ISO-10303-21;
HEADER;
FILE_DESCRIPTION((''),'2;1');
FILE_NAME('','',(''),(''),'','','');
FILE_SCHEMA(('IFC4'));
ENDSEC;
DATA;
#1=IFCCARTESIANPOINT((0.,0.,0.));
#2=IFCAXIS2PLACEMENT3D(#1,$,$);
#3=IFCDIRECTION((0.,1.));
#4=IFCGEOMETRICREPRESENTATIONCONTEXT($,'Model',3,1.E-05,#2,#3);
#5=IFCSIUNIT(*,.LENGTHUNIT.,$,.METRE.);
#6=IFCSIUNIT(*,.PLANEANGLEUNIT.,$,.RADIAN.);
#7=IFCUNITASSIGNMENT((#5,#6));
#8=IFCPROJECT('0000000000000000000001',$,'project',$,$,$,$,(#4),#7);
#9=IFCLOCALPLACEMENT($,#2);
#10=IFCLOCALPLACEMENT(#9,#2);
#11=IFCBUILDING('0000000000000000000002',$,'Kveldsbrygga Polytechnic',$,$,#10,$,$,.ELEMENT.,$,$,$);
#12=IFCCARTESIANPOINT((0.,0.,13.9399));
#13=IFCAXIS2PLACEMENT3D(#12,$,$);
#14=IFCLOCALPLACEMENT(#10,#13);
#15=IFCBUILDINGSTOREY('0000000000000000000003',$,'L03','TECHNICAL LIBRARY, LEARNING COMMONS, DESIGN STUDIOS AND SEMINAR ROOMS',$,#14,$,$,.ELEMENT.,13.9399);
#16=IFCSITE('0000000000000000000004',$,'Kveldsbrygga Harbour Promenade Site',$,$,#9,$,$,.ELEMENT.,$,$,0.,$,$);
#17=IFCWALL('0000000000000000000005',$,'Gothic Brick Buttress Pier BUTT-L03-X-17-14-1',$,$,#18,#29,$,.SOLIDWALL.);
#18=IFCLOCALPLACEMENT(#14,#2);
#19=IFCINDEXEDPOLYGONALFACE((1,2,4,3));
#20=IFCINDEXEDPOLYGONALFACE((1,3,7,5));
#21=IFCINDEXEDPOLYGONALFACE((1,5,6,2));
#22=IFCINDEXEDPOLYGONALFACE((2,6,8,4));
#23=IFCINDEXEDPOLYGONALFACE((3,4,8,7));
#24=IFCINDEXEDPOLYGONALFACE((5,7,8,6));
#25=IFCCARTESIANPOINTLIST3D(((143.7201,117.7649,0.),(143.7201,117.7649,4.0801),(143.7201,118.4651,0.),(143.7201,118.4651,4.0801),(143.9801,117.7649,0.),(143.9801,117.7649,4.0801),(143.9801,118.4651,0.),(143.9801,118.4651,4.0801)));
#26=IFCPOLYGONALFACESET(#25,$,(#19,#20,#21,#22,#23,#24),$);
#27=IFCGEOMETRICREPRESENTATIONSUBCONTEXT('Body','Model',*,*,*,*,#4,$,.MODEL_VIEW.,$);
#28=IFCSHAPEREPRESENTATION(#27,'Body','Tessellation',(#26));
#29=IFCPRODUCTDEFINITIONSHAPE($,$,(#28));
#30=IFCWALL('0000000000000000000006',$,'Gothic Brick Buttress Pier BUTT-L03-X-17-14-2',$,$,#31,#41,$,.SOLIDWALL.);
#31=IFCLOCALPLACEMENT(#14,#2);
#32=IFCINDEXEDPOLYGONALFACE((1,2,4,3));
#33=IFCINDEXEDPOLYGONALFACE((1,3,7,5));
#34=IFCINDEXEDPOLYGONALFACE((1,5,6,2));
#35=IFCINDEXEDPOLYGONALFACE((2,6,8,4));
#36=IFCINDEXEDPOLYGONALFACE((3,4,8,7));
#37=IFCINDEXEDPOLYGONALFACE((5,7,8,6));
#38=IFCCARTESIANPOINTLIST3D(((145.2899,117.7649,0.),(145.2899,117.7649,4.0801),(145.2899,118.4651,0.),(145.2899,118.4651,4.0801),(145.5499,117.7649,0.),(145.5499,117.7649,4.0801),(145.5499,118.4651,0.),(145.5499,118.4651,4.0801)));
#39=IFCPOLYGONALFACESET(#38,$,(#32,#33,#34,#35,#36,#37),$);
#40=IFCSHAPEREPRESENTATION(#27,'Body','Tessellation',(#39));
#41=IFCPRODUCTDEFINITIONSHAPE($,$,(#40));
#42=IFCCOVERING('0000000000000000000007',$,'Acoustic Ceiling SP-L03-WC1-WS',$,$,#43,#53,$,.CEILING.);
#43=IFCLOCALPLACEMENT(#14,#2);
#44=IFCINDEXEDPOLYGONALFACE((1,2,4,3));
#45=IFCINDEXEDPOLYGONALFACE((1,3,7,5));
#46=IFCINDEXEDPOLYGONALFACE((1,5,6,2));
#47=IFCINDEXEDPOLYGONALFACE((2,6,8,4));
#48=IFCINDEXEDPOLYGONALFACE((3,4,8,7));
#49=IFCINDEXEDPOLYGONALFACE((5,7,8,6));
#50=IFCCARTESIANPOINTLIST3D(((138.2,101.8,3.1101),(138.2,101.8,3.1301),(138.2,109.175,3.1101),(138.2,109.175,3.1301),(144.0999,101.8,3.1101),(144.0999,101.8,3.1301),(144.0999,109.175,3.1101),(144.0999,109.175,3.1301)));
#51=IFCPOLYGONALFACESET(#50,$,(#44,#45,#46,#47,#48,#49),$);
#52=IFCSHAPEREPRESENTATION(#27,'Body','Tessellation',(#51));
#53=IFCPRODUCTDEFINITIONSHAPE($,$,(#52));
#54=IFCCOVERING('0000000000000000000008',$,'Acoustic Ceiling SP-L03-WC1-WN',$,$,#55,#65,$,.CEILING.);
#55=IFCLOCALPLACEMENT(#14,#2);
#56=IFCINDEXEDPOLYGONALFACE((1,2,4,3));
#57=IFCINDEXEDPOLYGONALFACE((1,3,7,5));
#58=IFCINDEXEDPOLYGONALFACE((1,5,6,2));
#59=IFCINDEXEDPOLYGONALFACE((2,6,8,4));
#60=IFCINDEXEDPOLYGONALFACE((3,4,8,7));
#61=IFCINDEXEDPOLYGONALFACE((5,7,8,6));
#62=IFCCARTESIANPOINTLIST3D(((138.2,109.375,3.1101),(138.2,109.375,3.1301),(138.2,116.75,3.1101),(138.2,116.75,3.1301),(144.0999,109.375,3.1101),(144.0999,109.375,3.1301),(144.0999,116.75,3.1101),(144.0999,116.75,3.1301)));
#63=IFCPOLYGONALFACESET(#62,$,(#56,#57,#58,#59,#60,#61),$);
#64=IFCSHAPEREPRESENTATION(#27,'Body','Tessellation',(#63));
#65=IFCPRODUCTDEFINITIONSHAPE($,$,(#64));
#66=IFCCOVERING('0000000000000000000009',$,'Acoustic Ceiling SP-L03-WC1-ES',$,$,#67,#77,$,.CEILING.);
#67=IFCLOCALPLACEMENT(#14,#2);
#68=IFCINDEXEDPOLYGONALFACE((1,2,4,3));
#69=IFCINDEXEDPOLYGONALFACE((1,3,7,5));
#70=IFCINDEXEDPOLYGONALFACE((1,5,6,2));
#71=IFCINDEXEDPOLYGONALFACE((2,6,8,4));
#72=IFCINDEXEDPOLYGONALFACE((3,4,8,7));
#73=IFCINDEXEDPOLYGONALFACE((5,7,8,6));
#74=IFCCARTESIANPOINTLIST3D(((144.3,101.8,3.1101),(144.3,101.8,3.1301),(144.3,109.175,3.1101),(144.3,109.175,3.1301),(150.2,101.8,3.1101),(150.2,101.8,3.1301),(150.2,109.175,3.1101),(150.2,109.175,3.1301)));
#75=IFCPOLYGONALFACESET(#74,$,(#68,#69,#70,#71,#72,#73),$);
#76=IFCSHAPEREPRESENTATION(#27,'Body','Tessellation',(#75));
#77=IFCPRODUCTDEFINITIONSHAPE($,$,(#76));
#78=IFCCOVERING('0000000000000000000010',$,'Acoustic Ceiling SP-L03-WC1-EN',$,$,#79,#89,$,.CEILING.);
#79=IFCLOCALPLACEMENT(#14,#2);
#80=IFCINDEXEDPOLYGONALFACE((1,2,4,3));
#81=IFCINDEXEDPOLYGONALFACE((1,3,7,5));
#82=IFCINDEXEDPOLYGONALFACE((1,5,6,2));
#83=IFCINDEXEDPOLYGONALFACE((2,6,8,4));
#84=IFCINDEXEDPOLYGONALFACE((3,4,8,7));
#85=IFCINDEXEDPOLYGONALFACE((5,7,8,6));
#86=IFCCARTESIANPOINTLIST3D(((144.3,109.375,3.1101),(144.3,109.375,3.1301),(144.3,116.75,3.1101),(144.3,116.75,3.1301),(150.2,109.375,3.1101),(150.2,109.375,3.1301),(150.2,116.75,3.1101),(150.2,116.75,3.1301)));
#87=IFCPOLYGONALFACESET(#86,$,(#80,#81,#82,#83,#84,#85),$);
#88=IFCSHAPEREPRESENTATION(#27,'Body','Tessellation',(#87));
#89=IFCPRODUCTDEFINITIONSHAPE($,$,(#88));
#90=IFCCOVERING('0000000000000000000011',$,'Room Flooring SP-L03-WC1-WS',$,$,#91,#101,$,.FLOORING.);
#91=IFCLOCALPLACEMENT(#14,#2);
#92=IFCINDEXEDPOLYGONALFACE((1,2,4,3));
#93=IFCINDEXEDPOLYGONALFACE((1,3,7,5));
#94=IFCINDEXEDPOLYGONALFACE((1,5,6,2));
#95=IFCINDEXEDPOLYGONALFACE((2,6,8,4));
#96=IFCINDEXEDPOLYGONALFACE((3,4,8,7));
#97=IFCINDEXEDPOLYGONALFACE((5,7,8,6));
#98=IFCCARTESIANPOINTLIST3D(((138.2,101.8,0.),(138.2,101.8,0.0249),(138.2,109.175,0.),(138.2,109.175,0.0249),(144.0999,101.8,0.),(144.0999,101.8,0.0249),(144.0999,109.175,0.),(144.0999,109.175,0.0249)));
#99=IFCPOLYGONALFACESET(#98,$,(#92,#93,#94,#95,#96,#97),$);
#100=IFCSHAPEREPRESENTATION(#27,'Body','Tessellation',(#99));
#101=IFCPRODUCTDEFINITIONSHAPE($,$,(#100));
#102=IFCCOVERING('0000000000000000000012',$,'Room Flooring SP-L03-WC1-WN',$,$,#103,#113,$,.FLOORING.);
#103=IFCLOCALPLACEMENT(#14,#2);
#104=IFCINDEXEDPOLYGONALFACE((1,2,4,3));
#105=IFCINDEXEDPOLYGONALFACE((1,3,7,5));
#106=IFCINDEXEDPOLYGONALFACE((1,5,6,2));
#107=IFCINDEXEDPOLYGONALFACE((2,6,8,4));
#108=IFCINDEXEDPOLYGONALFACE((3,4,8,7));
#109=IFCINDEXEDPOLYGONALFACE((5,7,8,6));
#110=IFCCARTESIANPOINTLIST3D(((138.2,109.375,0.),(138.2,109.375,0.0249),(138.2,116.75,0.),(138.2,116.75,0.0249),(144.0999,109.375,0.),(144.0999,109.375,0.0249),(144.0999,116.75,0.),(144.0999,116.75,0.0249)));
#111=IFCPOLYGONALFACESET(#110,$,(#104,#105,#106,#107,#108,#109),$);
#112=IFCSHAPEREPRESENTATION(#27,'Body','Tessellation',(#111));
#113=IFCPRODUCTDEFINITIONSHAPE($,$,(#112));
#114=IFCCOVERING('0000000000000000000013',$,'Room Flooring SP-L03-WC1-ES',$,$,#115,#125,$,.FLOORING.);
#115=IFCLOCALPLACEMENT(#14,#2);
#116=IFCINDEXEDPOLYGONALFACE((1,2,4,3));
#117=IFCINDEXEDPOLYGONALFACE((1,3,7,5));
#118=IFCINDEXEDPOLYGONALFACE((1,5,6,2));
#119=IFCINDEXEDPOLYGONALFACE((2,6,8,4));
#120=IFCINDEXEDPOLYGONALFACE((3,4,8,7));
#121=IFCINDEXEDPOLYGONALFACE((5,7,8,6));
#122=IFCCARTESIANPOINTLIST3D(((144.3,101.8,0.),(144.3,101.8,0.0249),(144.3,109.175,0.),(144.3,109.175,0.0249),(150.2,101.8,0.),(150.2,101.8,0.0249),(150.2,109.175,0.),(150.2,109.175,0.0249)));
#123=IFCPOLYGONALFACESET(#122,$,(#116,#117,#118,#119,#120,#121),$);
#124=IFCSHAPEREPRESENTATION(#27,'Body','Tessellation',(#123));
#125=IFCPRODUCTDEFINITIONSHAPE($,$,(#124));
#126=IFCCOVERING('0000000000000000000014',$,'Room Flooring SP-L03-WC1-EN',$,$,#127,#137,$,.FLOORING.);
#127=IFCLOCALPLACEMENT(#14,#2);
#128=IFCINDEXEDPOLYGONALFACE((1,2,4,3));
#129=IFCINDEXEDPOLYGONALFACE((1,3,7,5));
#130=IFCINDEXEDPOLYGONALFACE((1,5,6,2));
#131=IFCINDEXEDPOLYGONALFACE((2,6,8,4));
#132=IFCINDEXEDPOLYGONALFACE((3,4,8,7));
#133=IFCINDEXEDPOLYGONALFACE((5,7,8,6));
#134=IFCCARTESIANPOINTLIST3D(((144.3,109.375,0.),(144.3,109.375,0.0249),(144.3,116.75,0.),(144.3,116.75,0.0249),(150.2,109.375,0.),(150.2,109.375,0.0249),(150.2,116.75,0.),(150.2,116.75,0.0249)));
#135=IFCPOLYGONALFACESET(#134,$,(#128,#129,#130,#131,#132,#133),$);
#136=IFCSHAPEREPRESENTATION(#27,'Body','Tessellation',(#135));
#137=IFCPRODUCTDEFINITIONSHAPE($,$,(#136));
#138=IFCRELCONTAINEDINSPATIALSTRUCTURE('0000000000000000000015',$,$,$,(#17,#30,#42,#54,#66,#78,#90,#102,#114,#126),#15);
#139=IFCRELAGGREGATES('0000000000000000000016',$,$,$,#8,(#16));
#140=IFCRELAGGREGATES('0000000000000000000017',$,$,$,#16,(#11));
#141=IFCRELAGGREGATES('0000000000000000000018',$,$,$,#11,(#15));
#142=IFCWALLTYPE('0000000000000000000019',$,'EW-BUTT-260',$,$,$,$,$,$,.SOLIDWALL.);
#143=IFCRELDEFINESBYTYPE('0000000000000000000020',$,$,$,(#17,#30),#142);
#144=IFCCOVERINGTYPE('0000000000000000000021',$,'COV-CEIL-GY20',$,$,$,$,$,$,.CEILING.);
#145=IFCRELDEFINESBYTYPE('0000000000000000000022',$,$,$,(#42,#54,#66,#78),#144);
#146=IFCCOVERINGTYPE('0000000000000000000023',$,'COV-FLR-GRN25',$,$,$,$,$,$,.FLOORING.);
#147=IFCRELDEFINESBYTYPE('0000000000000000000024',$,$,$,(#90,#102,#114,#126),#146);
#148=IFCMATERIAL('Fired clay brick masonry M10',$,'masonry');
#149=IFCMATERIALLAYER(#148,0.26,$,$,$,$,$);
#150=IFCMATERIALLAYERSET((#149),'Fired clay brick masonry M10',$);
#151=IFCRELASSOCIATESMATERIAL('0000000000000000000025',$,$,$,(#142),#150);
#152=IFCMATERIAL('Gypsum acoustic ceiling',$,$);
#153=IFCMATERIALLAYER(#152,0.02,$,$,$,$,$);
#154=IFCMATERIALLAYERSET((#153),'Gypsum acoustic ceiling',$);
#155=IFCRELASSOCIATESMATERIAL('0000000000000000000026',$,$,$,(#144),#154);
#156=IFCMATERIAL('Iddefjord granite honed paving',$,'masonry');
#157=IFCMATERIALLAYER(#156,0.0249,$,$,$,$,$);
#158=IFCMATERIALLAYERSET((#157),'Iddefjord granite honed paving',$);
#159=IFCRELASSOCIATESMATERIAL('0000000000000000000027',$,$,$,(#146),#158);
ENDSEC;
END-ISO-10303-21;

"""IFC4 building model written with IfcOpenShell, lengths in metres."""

from ifc_helpers import new_model, si_unit, direction, frame, frame_2d, origin, origin_2d, place, context, subcontext, project, spatial, rectangle, extrude, material, layer, layer_set, type_object, element, save


model = new_model("IFC4")

# Units and contexts
model_context = context("Model", 3, precision=1e-05, world=origin(), true_north=direction((0.0, 1.0)))
body_context = subcontext(model_context, "Body", "Model", "MODEL_VIEW")
ifc_project = project(units=[si_unit("LENGTHUNIT", "METRE"), si_unit("PLANEANGLEUNIT", "RADIAN")], contexts=[model_context])

# Site, building, storey
site_placement = place(None, origin())
site = spatial("IfcSite", under=ifc_project, at=site_placement, Name="Kveldsbrygga Harbour Promenade Site", CompositionType="ELEMENT", RefElevation=0.0)
building_placement = place(site_placement, origin())
building = spatial("IfcBuilding", under=site, at=building_placement, Name="Kveldsbrygga Polytechnic", CompositionType="ELEMENT")
storey_placement = place(building_placement, frame((0.0, 0.0, 13.9399)))
storey = spatial("IfcBuildingStorey", under=building, at=storey_placement, Name="L03", Description="TECHNICAL LIBRARY, LEARNING COMMONS, DESIGN STUDIOS AND SEMINAR ROOMS", CompositionType="ELEMENT", Elevation=13.9399)

# Shared definitions
ifc_material_1 = material(Name="Fired clay brick masonry M10", Category="masonry")

# Walls
ifc_layer_1 = layer(ifc_material_1, 0.26)
ifc_layer_set_1 = layer_set([ifc_layer_1], Name="Fired clay brick masonry M10")
wall_type_1 = type_object("IfcWallType", Name="EW-BUTT-260", PredefinedType="SOLIDWALL", material=ifc_layer_set_1)
for number, where, z_axis, x_axis, name in (
    (1, (143.8501, 117.7649, 0.0), (0.0, 0.0, 1.0), (0.0, 1.0, 0.0), "Gothic Brick Buttress Pier BUTT-L03-X-17-14-1"),
    (2, (145.4199, 117.7649, 0.0), (0.0, 0.0, 1.0), (0.0, 1.0, 0.0), "Gothic Brick Buttress Pier BUTT-L03-X-17-14-2"),
):
    element("IfcWall", number, at=place(storey_placement, frame(where, z_axis=z_axis, x_axis=x_axis)), inside=storey, type_object=wall_type_1, Name=name, PredefinedType="SOLIDWALL", context=body_context, shape_type="SweptSolid", body=[
        extrude(rectangle(XDim=0.7002, YDim=0.26, at=frame_2d((0.3501, 0.0))), origin(), (0.0, 0.0, 1.0), 4.0801),
    ])

# Coverings
ifc_material_2 = material(Name="Gypsum acoustic ceiling")
ifc_layer_2 = layer(ifc_material_2, 0.02)
ifc_layer_set_2 = layer_set([ifc_layer_2], Name="Gypsum acoustic ceiling")
covering_type_1 = type_object("IfcCoveringType", Name="COV-CEIL-GY20", PredefinedType="CEILING", material=ifc_layer_set_2)
for number, where, z_axis, x_axis, name in (
    (3, (141.1499, 105.4875, 3.1101), (0.0, 0.0, 1.0), (1.0, 0.0, 0.0), "Acoustic Ceiling SP-L03-WC1-WS"),
    (4, (141.1499, 113.0625, 3.1101), (0.0, 0.0, 1.0), (1.0, 0.0, 0.0), "Acoustic Ceiling SP-L03-WC1-WN"),
    (5, (147.25, 105.4875, 3.1101), (0.0, 0.0, 1.0), (1.0, 0.0, 0.0), "Acoustic Ceiling SP-L03-WC1-ES"),
    (6, (147.25, 113.0625, 3.1101), (0.0, 0.0, 1.0), (1.0, 0.0, 0.0), "Acoustic Ceiling SP-L03-WC1-EN"),
):
    element("IfcCovering", number, at=place(storey_placement, frame(where, z_axis=z_axis, x_axis=x_axis)), inside=storey, type_object=covering_type_1, Name=name, PredefinedType="CEILING", context=body_context, shape_type="SweptSolid", body=[
        extrude(rectangle(XDim=5.8999, YDim=7.375, at=origin_2d()), origin(), (0.0, 0.0, 1.0), 0.02),
    ])
ifc_material_3 = material(Name="Iddefjord granite honed paving", Category="masonry")
ifc_layer_3 = layer(ifc_material_3, 0.0249)
ifc_layer_set_3 = layer_set([ifc_layer_3], Name="Iddefjord granite honed paving")
covering_type_2 = type_object("IfcCoveringType", Name="COV-FLR-GRN25", PredefinedType="FLOORING", material=ifc_layer_set_3)
for number, where, z_axis, x_axis, name in (
    (7, (141.1499, 105.4875, 0.0), (0.0, 0.0, 1.0), (1.0, 0.0, 0.0), "Room Flooring SP-L03-WC1-WS"),
    (8, (141.1499, 113.0625, 0.0), (0.0, 0.0, 1.0), (1.0, 0.0, 0.0), "Room Flooring SP-L03-WC1-WN"),
    (9, (147.25, 105.4875, 0.0), (0.0, 0.0, 1.0), (1.0, 0.0, 0.0), "Room Flooring SP-L03-WC1-ES"),
    (10, (147.25, 113.0625, 0.0), (0.0, 0.0, 1.0), (1.0, 0.0, 0.0), "Room Flooring SP-L03-WC1-EN"),
):
    element("IfcCovering", number, at=place(storey_placement, frame(where, z_axis=z_axis, x_axis=x_axis)), inside=storey, type_object=covering_type_2, Name=name, PredefinedType="FLOORING", context=body_context, shape_type="SweptSolid", body=[
        extrude(rectangle(XDim=5.8999, YDim=7.375, at=origin_2d()), origin(), (0.0, 0.0, 1.0), 0.0249),
    ])

save(model, "model.ifc")
